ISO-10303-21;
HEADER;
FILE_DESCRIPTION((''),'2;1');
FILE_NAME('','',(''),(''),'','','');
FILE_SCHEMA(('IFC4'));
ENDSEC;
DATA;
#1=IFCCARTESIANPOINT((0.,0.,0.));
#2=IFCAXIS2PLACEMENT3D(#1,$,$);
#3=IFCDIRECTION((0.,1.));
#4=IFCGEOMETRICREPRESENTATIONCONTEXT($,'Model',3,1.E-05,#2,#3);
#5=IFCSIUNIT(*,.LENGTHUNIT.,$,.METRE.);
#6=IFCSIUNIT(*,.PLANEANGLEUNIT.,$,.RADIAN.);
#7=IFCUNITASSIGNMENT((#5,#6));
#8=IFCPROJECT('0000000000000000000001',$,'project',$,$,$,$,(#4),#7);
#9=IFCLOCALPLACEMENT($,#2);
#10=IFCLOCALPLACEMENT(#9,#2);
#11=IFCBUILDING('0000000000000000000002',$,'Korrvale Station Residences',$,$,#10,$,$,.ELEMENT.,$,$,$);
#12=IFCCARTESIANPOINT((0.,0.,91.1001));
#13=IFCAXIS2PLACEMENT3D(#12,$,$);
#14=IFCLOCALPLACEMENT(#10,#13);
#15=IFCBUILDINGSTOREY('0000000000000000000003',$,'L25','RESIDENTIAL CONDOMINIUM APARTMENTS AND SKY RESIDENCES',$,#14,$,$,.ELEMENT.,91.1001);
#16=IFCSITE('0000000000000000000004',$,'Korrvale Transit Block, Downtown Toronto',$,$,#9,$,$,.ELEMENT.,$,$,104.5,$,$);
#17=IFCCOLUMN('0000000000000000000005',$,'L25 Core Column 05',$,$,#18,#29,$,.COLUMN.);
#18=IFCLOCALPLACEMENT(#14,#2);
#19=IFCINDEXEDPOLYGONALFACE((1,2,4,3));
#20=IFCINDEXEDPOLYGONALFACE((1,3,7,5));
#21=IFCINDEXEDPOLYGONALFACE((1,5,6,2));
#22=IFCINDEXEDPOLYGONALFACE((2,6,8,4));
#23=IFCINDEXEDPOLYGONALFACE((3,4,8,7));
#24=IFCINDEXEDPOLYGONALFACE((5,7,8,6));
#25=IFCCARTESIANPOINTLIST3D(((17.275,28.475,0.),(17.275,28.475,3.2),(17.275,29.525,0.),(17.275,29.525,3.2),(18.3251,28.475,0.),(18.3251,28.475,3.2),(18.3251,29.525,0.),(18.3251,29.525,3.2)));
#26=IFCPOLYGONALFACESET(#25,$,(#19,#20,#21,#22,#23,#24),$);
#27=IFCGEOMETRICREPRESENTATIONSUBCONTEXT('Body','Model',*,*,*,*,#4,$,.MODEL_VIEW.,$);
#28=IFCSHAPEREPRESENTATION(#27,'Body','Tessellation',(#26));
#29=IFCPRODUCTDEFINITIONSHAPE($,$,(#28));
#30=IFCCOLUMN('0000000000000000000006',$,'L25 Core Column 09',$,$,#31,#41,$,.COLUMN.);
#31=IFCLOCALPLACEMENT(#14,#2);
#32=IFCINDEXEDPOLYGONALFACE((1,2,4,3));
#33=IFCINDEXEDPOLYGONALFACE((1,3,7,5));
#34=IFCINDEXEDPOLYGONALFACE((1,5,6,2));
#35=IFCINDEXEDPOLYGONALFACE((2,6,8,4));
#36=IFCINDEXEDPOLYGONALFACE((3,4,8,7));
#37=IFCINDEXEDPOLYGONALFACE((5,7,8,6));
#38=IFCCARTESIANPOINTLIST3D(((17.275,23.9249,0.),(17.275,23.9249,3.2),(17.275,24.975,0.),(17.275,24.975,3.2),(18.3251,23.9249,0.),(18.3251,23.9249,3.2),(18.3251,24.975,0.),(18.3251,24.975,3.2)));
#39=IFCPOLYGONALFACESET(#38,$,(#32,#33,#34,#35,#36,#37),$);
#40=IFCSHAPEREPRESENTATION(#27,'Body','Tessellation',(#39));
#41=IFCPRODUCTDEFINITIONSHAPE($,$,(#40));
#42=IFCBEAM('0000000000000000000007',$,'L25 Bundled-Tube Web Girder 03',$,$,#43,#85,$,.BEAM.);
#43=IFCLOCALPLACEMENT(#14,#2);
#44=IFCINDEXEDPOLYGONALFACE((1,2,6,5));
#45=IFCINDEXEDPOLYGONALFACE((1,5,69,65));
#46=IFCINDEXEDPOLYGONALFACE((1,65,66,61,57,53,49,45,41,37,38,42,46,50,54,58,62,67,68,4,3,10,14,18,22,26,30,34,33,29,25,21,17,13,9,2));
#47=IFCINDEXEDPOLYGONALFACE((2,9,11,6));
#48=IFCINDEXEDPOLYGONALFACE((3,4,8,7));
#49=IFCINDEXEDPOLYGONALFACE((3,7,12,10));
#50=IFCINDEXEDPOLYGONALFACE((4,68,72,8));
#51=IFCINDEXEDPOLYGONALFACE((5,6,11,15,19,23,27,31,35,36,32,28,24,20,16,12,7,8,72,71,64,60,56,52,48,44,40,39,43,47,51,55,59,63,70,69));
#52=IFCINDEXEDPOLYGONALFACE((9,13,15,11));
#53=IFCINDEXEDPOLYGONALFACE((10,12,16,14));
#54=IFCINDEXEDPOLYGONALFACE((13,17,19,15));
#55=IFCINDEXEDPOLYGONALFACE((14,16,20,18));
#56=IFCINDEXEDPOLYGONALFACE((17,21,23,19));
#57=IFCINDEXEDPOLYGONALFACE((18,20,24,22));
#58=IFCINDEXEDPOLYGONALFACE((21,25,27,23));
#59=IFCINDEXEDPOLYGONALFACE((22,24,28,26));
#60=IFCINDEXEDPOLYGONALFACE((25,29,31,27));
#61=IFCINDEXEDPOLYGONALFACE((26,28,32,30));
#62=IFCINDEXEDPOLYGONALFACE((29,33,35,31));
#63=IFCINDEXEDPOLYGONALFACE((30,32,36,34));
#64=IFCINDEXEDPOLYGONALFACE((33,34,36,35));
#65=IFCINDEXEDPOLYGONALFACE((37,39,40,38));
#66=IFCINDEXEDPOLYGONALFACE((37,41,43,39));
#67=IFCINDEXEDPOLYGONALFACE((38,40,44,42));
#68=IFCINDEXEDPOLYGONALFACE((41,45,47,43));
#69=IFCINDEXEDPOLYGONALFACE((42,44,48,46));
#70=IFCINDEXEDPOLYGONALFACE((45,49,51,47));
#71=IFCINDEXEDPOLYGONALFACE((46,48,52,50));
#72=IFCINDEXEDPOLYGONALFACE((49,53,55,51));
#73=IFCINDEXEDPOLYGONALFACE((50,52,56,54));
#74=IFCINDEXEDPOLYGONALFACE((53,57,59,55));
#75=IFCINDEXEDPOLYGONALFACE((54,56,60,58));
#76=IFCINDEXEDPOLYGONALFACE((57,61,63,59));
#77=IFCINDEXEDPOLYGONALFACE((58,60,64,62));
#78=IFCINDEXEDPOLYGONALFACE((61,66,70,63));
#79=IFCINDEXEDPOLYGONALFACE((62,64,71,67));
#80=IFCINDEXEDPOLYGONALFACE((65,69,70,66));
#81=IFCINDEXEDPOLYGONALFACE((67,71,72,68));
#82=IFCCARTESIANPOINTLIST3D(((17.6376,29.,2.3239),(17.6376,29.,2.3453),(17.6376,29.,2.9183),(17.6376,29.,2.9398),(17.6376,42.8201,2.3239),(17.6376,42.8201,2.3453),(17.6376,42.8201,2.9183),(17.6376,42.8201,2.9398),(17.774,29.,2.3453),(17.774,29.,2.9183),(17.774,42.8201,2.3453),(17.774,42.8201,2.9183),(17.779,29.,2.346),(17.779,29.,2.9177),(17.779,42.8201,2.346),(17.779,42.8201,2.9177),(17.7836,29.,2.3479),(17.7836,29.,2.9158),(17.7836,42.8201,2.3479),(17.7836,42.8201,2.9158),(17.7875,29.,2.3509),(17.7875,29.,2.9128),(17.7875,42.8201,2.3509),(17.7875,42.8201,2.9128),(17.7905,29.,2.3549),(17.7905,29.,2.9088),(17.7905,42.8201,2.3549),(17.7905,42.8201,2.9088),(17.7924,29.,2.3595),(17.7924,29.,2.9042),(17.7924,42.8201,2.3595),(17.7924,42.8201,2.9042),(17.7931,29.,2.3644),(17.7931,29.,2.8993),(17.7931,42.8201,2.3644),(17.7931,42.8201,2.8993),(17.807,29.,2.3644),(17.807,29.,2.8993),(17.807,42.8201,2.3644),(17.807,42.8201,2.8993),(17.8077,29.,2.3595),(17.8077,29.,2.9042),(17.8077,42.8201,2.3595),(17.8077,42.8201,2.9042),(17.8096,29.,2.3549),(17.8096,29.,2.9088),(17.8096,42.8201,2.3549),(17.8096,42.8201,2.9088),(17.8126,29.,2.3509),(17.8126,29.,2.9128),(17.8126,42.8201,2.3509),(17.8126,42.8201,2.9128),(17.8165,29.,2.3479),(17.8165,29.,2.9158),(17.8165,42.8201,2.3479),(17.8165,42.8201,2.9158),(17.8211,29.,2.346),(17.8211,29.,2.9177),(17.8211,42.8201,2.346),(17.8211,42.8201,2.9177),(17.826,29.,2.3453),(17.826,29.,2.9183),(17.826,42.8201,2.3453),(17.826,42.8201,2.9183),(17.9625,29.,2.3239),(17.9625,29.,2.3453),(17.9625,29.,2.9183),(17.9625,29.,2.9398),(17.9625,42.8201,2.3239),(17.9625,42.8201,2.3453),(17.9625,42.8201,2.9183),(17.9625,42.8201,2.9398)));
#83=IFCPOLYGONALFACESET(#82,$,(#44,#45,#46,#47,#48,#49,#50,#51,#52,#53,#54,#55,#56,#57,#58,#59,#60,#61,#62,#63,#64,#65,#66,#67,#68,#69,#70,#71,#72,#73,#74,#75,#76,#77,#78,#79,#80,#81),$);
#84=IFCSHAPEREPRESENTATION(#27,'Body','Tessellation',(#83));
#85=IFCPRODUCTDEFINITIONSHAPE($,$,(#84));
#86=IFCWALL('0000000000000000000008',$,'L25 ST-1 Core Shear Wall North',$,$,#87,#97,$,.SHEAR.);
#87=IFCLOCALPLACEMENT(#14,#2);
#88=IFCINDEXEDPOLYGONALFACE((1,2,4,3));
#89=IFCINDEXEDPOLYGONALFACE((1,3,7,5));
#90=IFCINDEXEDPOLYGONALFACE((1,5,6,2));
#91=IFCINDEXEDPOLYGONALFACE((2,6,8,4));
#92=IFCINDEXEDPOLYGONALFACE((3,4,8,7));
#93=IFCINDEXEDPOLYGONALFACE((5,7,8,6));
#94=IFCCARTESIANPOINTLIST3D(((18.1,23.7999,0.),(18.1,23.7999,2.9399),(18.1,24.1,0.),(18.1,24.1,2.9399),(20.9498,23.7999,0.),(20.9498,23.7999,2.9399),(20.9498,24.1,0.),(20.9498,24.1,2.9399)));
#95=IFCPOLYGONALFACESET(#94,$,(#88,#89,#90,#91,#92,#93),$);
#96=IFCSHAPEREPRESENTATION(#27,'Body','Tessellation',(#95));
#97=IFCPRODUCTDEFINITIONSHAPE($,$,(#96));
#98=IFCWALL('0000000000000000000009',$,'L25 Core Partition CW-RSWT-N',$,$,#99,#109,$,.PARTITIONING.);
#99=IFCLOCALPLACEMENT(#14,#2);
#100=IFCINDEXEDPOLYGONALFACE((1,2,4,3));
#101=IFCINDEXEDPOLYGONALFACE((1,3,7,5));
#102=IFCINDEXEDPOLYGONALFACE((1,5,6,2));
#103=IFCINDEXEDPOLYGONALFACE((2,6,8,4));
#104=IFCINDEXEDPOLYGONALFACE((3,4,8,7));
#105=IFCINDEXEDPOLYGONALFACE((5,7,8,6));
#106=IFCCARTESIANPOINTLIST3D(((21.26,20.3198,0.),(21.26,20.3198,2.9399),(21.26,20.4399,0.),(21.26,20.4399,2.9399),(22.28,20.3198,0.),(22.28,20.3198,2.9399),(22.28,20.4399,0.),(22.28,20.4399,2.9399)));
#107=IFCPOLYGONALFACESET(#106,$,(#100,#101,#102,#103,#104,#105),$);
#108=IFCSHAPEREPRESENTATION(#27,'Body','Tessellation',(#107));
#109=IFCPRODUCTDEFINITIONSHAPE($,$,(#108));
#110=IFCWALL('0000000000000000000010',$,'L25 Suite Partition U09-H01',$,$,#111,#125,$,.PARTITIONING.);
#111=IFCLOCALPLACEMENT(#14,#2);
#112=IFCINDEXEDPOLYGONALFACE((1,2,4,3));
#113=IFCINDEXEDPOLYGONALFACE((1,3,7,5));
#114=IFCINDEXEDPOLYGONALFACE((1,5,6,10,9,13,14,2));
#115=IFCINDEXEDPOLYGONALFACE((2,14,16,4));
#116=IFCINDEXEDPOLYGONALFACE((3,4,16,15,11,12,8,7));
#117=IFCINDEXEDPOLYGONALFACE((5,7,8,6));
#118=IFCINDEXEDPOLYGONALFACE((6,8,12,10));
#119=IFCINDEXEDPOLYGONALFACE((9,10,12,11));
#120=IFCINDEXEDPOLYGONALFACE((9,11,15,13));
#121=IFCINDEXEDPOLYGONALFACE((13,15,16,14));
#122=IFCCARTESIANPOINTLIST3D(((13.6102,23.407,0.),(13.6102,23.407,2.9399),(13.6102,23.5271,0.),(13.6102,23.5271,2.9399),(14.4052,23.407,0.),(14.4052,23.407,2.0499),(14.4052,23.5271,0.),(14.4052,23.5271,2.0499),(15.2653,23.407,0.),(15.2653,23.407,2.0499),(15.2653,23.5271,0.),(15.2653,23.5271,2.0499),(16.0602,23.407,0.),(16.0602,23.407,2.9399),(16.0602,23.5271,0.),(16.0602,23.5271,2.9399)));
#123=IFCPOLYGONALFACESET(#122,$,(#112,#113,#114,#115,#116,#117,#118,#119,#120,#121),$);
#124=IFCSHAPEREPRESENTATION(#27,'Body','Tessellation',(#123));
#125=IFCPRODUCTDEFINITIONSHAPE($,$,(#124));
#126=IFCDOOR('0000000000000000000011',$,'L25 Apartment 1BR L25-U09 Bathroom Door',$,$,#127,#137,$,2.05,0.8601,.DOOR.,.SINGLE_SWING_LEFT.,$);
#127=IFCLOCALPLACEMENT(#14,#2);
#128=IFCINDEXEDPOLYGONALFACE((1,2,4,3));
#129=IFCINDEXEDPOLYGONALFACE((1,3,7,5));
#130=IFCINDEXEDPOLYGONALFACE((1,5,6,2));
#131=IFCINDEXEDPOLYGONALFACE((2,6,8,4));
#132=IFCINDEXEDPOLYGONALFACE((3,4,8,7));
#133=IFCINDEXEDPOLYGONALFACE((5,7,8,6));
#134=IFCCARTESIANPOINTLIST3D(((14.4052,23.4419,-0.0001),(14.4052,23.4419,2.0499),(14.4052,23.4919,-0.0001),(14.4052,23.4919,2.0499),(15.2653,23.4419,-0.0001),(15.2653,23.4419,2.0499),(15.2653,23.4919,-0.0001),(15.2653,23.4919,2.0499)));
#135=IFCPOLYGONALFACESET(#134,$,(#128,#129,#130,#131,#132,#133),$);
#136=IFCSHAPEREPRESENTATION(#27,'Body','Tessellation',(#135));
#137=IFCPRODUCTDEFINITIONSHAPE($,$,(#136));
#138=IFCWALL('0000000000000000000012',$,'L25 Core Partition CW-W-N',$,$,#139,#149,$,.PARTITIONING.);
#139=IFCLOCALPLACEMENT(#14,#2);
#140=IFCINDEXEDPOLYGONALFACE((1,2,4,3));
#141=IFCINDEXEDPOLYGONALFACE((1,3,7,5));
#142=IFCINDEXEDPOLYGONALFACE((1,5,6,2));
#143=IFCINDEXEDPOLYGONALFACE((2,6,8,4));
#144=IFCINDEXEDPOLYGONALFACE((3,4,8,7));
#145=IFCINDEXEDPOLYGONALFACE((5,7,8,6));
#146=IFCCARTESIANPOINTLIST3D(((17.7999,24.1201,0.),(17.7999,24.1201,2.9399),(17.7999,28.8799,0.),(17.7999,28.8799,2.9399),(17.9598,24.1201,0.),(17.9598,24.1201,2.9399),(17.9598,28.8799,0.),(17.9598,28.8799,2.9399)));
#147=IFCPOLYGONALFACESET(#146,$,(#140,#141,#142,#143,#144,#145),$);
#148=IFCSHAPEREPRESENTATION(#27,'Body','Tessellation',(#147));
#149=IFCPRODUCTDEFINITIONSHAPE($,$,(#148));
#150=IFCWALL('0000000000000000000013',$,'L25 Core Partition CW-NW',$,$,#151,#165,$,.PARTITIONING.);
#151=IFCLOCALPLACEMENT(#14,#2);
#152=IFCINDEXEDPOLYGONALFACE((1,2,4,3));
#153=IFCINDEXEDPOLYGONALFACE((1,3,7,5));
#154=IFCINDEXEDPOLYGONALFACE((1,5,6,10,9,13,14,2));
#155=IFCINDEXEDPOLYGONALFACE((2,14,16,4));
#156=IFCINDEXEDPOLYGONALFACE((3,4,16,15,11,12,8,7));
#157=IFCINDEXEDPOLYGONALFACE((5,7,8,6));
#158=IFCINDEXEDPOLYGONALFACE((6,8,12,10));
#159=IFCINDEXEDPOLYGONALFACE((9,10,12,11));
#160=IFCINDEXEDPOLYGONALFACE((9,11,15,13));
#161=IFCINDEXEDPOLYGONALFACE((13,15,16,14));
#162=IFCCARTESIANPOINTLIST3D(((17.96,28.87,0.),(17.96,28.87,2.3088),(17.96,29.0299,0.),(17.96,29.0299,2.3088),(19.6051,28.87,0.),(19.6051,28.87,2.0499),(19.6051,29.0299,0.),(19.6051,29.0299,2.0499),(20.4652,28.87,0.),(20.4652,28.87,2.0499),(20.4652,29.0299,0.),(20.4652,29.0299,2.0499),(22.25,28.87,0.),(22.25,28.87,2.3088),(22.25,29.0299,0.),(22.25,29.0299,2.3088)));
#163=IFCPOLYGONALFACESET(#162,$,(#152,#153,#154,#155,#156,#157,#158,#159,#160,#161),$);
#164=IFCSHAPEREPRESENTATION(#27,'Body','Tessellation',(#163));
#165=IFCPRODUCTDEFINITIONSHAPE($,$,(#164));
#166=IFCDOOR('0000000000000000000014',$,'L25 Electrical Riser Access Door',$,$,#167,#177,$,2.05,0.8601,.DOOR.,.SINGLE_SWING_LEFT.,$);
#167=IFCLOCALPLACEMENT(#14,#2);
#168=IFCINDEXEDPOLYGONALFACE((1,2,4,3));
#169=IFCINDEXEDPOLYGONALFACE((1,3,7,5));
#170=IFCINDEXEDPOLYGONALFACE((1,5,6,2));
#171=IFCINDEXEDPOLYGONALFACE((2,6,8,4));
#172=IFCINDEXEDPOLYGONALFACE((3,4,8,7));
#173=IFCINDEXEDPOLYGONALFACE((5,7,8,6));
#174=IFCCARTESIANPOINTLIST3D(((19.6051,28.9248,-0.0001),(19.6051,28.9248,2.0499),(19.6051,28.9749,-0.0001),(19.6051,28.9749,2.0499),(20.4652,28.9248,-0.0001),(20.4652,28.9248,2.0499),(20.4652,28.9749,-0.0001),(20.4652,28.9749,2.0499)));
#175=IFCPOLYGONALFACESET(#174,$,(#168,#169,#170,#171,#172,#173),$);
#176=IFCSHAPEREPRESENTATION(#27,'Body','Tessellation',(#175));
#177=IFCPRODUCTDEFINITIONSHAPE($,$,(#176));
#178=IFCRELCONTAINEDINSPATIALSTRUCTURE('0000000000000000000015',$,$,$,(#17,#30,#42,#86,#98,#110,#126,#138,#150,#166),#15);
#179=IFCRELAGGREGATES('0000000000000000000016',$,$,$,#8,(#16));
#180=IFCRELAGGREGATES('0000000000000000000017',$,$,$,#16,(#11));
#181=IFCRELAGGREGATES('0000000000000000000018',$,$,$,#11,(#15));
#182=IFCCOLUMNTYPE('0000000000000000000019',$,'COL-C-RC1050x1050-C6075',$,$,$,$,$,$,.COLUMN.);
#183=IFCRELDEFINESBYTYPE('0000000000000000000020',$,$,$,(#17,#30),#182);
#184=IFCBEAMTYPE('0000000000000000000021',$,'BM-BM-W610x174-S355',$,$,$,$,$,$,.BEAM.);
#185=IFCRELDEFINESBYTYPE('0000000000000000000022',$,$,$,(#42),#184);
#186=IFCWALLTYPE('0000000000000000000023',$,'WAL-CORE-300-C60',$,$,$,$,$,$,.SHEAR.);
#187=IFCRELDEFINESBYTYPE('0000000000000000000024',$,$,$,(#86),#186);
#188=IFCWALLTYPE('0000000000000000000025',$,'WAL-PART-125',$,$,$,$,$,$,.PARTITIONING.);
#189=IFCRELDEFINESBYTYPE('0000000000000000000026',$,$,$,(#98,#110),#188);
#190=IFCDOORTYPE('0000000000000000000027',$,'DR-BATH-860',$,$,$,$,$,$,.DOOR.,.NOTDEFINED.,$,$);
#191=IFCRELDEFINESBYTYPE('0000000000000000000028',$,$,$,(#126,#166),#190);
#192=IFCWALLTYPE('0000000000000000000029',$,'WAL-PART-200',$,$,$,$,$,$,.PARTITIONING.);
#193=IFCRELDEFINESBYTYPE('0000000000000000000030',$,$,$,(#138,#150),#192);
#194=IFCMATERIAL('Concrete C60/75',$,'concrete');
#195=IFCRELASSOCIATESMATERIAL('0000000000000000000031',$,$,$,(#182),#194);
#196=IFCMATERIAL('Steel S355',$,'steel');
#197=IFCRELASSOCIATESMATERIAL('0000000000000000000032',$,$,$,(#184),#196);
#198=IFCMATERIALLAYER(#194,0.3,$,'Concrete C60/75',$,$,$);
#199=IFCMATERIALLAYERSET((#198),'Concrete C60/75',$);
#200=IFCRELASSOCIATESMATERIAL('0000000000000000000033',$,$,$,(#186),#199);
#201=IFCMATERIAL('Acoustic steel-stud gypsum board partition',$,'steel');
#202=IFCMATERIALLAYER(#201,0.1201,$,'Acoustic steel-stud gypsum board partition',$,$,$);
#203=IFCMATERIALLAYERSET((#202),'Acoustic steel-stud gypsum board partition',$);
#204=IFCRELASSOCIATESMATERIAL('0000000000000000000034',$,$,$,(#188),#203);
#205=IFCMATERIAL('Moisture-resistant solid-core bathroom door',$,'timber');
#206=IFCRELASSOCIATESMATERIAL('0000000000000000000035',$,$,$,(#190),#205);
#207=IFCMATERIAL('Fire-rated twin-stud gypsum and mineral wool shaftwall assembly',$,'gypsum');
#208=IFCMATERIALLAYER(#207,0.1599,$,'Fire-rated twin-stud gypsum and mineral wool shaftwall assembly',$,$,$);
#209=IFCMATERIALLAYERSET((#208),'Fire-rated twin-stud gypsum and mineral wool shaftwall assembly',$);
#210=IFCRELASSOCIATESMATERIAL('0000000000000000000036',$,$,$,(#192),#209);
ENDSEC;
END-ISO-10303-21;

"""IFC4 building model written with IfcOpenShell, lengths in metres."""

from ifc_helpers import new_model, si_unit, direction, frame, frame_2d, origin, origin_2d, place, context, subcontext, project, spatial, rectangle, i_section, extrude, material, layer, layer_set, material_profile, profile_set, type_object, element, fill, save


model = new_model("IFC4")

# Units and contexts
model_context = context("Model", 3, precision=1e-05, world=origin(), true_north=direction((0.0, 1.0)))
body_context = subcontext(model_context, "Body", "Model", "MODEL_VIEW")
ifc_project = project(units=[si_unit("LENGTHUNIT", "METRE"), si_unit("PLANEANGLEUNIT", "RADIAN")], contexts=[model_context])

# Site, building, storey
site_placement = place(None, origin())
site = spatial("IfcSite", under=ifc_project, at=site_placement, Name="Korrvale Transit Block, Downtown Toronto", CompositionType="ELEMENT", RefElevation=104.5)
building_placement = place(site_placement, origin())
building = spatial("IfcBuilding", under=site, at=building_placement, Name="Korrvale Station Residences", CompositionType="ELEMENT")
storey_placement = place(building_placement, frame((0.0, 0.0, 91.1001)))
storey = spatial("IfcBuildingStorey", under=building, at=storey_placement, Name="L25", Description="RESIDENTIAL CONDOMINIUM APARTMENTS AND SKY RESIDENCES", CompositionType="ELEMENT", Elevation=91.1001)

# Columns
ifc_material_1 = material(Name="Concrete C60/75", Category="concrete")
ifc_material_profile_1 = material_profile(ifc_material_1, rectangle(XDim=1.05, YDim=1.05, at=origin_2d()), Name="RC1050x1050")
ifc_profile_set_1 = profile_set([ifc_material_profile_1], Name="Concrete C60/75")
column_type = type_object("IfcColumnType", Name="COL-C-RC1050x1050-C6075", PredefinedType="COLUMN", material=ifc_profile_set_1)
for number, where, z_axis, x_axis, name in (
    (1, (17.8, 29.0, 0.0), (0.0, 0.0, 1.0), (1.0, 0.0, 0.0), "L25 Core Column 05"),
    (2, (17.8, 24.45, 0.0), (0.0, 0.0, 1.0), (1.0, 0.0, 0.0), "L25 Core Column 09"),
):
    element("IfcColumn", number, at=place(storey_placement, frame(where, z_axis=z_axis, x_axis=x_axis)), inside=storey, type_object=column_type, Name=name, PredefinedType="COLUMN", context=body_context, shape_type="SweptSolid", body=[
        extrude(rectangle(XDim=1.05, YDim=1.05, at=origin_2d()), origin(), (0.0, 0.0, 1.0), 3.2),
    ])

# Beam
ifc_material_2 = material(Name="Steel S355", Category="steel")
ifc_material_profile_2 = material_profile(ifc_material_2, i_section(OverallWidth=0.325, OverallDepth=0.616, WebThickness=0.0139, FlangeThickness=0.0215, FilletRadius=0.019, at=origin_2d()), Name="W610x174")
ifc_profile_set_2 = profile_set([ifc_material_profile_2], Name="Steel S355")
beam_type = type_object("IfcBeamType", Name="BM-BM-W610x174-S355", PredefinedType="BEAM", material=ifc_profile_set_2)
beam_placement = place(storey_placement, frame((17.8, 29.0, 2.6318), z_axis=(0.0, 1.0, 0.0), x_axis=(-1.0, 0.0, 0.0)))
element("IfcBeam", 3, at=beam_placement, inside=storey, type_object=beam_type, Name="L25 Bundled-Tube Web Girder 03", PredefinedType="BEAM", context=body_context, shape_type="SweptSolid", body=[
    extrude(i_section(OverallWidth=0.325, OverallDepth=0.616, WebThickness=0.0139, FlangeThickness=0.0215, FilletRadius=0.019, at=origin_2d()), origin(), (0.0, 0.0, 1.0), 13.8201),
])

# Walls
ifc_layer_1 = layer(ifc_material_1, 0.3, Name="Concrete C60/75")
ifc_layer_set_1 = layer_set([ifc_layer_1], Name="Concrete C60/75")
wall_type_1 = type_object("IfcWallType", Name="WAL-CORE-300-C60", PredefinedType="SHEAR", material=ifc_layer_set_1)
wall_1_placement = place(storey_placement, frame((18.1001, 23.95, 0.0), z_axis=(0.0, 0.0, 1.0), x_axis=(1.0, 0.0, 0.0)))
element("IfcWall", 4, at=wall_1_placement, inside=storey, type_object=wall_type_1, Name="L25 ST-1 Core Shear Wall North", PredefinedType="SHEAR", context=body_context, shape_type="SweptSolid", body=[
    extrude(rectangle(XDim=2.8499, YDim=0.3, at=frame_2d((1.4248, 0.0))), origin(), (0.0, 0.0, 1.0), 2.9399),
])
ifc_material_3 = material(Name="Acoustic steel-stud gypsum board partition", Category="steel")
ifc_layer_2 = layer(ifc_material_3, 0.1201, Name="Acoustic steel-stud gypsum board partition")
ifc_layer_set_2 = layer_set([ifc_layer_2], Name="Acoustic steel-stud gypsum board partition")
wall_type_2 = type_object("IfcWallType", Name="WAL-PART-125", PredefinedType="PARTITIONING", material=ifc_layer_set_2)
wall_2_placement = place(storey_placement, frame((22.28, 20.3799, 0.0), z_axis=(0.0, 0.0, 1.0), x_axis=(-1.0, 0.0, 0.0)))
element("IfcWall", 5, at=wall_2_placement, inside=storey, type_object=wall_type_2, Name="L25 Core Partition CW-RSWT-N", PredefinedType="PARTITIONING", context=body_context, shape_type="SweptSolid", body=[
    extrude(rectangle(XDim=1.02, YDim=0.1201, at=frame_2d((0.51, 0.0))), origin(), (0.0, 0.0, 1.0), 2.9399),
])

# Wall, opening, door
wall_3_placement = place(storey_placement, frame((13.6101, 23.467, 0.0), z_axis=(0.0, 0.0, 1.0), x_axis=(1.0, 0.0, 0.0)))
wall_3 = element("IfcWall", 6, at=wall_3_placement, inside=storey, type_object=wall_type_2, Name="L25 Suite Partition U09-H01", PredefinedType="PARTITIONING", context=body_context, shape_type="SweptSolid", body=[
    extrude(rectangle(XDim=2.45, YDim=0.1201, at=frame_2d((1.2251, 0.0))), origin(), (0.0, 0.0, 1.0), 2.9399),
])
opening_1_placement = place(wall_3_placement, frame((0.7949, 0.0, 0.0)))
opening_1 = element("IfcOpeningElement", 7, at=opening_1_placement, cuts=wall_3, PredefinedType="OPENING", context=body_context, shape_type="SweptSolid", body=[
    extrude(rectangle(XDim=0.8601, YDim=2.05, at=frame_2d((0.4302, 1.0249))), frame((0.0, 0.0701, 0.0), z_axis=(0.0, -1.0, 0.0), x_axis=(1.0, 0.0, 0.0)), (0.0, 0.0, 1.0), 0.1401),
])
ifc_material_4 = material(Name="Moisture-resistant solid-core bathroom door", Category="timber")
door_type_1 = type_object("IfcDoorType", Name="DR-BATH-860", OperationType="NOTDEFINED", PredefinedType="DOOR", material=ifc_material_4)
door_1_placement = place(opening_1_placement, origin())
door_1 = element("IfcDoor", 8, at=door_1_placement, inside=storey, type_object=door_type_1, Name="L25 Apartment 1BR L25-U09 Bathroom Door", OperationType="SINGLE_SWING_LEFT", OverallHeight=2.05, OverallWidth=0.8601, PredefinedType="DOOR", context=body_context, shape_type="SweptSolid", body=[
    extrude(rectangle(XDim=0.8601, YDim=2.05, at=frame_2d((0.4302, 1.0249))), frame((0.0, 0.0249, 0.0), z_axis=(0.0, -1.0, 0.0), x_axis=(1.0, 0.0, 0.0)), (0.0, 0.0, 1.0), 0.05),
])
fill(opening_1, door_1)

# Wall
ifc_material_5 = material(Name="Fire-rated twin-stud gypsum and mineral wool shaftwall assembly", Category="gypsum")
ifc_layer_3 = layer(ifc_material_5, 0.1599, Name="Fire-rated twin-stud gypsum and mineral wool shaftwall assembly")
ifc_layer_set_3 = layer_set([ifc_layer_3], Name="Fire-rated twin-stud gypsum and mineral wool shaftwall assembly")
wall_type_3 = type_object("IfcWallType", Name="WAL-PART-200", PredefinedType="PARTITIONING", material=ifc_layer_set_3)
wall_4_placement = place(storey_placement, frame((17.8799, 24.1201, 0.0), z_axis=(0.0, 0.0, 1.0), x_axis=(0.0, 1.0, 0.0)))
element("IfcWall", 9, at=wall_4_placement, inside=storey, type_object=wall_type_3, Name="L25 Core Partition CW-W-N", PredefinedType="PARTITIONING", context=body_context, shape_type="SweptSolid", body=[
    extrude(rectangle(XDim=4.7598, YDim=0.1599, at=frame_2d((2.3799, 0.0))), origin(), (0.0, 0.0, 1.0), 2.9399),
])

# Wall, opening, door
wall_5_placement = place(storey_placement, frame((17.96, 28.95, 0.0), z_axis=(0.0, 0.0, 1.0), x_axis=(1.0, 0.0, 0.0)))
wall_5 = element("IfcWall", 10, at=wall_5_placement, inside=storey, type_object=wall_type_3, Name="L25 Core Partition CW-NW", PredefinedType="PARTITIONING", context=body_context, shape_type="SweptSolid", body=[
    extrude(rectangle(XDim=4.29, YDim=0.1599, at=frame_2d((2.145, 0.0))), origin(), (0.0, 0.0, 1.0), 2.3088),
])
opening_2_placement = place(wall_5_placement, frame((1.645, 0.0, 0.0)))
opening_2 = element("IfcOpeningElement", 11, at=opening_2_placement, cuts=wall_5, PredefinedType="OPENING", context=body_context, shape_type="SweptSolid", body=[
    extrude(rectangle(XDim=0.8601, YDim=2.05, at=frame_2d((0.4302, 1.0249))), frame((0.0, 0.0898, 0.0), z_axis=(0.0, -1.0, 0.0), x_axis=(1.0, 0.0, 0.0)), (0.0, 0.0, 1.0), 0.1799),
])
door_2_placement = place(opening_2_placement, origin())
door_2 = element("IfcDoor", 12, at=door_2_placement, inside=storey, type_object=door_type_1, Name="L25 Electrical Riser Access Door", OperationType="SINGLE_SWING_LEFT", OverallHeight=2.05, OverallWidth=0.8601, PredefinedType="DOOR", context=body_context, shape_type="SweptSolid", body=[
    extrude(rectangle(XDim=0.8601, YDim=2.05, at=frame_2d((0.4302, 1.0249))), frame((0.0, 0.0249, 0.0), z_axis=(0.0, -1.0, 0.0), x_axis=(1.0, 0.0, 0.0)), (0.0, 0.0, 1.0), 0.05),
])
fill(opening_2, door_2)

save(model, "model.ifc")
